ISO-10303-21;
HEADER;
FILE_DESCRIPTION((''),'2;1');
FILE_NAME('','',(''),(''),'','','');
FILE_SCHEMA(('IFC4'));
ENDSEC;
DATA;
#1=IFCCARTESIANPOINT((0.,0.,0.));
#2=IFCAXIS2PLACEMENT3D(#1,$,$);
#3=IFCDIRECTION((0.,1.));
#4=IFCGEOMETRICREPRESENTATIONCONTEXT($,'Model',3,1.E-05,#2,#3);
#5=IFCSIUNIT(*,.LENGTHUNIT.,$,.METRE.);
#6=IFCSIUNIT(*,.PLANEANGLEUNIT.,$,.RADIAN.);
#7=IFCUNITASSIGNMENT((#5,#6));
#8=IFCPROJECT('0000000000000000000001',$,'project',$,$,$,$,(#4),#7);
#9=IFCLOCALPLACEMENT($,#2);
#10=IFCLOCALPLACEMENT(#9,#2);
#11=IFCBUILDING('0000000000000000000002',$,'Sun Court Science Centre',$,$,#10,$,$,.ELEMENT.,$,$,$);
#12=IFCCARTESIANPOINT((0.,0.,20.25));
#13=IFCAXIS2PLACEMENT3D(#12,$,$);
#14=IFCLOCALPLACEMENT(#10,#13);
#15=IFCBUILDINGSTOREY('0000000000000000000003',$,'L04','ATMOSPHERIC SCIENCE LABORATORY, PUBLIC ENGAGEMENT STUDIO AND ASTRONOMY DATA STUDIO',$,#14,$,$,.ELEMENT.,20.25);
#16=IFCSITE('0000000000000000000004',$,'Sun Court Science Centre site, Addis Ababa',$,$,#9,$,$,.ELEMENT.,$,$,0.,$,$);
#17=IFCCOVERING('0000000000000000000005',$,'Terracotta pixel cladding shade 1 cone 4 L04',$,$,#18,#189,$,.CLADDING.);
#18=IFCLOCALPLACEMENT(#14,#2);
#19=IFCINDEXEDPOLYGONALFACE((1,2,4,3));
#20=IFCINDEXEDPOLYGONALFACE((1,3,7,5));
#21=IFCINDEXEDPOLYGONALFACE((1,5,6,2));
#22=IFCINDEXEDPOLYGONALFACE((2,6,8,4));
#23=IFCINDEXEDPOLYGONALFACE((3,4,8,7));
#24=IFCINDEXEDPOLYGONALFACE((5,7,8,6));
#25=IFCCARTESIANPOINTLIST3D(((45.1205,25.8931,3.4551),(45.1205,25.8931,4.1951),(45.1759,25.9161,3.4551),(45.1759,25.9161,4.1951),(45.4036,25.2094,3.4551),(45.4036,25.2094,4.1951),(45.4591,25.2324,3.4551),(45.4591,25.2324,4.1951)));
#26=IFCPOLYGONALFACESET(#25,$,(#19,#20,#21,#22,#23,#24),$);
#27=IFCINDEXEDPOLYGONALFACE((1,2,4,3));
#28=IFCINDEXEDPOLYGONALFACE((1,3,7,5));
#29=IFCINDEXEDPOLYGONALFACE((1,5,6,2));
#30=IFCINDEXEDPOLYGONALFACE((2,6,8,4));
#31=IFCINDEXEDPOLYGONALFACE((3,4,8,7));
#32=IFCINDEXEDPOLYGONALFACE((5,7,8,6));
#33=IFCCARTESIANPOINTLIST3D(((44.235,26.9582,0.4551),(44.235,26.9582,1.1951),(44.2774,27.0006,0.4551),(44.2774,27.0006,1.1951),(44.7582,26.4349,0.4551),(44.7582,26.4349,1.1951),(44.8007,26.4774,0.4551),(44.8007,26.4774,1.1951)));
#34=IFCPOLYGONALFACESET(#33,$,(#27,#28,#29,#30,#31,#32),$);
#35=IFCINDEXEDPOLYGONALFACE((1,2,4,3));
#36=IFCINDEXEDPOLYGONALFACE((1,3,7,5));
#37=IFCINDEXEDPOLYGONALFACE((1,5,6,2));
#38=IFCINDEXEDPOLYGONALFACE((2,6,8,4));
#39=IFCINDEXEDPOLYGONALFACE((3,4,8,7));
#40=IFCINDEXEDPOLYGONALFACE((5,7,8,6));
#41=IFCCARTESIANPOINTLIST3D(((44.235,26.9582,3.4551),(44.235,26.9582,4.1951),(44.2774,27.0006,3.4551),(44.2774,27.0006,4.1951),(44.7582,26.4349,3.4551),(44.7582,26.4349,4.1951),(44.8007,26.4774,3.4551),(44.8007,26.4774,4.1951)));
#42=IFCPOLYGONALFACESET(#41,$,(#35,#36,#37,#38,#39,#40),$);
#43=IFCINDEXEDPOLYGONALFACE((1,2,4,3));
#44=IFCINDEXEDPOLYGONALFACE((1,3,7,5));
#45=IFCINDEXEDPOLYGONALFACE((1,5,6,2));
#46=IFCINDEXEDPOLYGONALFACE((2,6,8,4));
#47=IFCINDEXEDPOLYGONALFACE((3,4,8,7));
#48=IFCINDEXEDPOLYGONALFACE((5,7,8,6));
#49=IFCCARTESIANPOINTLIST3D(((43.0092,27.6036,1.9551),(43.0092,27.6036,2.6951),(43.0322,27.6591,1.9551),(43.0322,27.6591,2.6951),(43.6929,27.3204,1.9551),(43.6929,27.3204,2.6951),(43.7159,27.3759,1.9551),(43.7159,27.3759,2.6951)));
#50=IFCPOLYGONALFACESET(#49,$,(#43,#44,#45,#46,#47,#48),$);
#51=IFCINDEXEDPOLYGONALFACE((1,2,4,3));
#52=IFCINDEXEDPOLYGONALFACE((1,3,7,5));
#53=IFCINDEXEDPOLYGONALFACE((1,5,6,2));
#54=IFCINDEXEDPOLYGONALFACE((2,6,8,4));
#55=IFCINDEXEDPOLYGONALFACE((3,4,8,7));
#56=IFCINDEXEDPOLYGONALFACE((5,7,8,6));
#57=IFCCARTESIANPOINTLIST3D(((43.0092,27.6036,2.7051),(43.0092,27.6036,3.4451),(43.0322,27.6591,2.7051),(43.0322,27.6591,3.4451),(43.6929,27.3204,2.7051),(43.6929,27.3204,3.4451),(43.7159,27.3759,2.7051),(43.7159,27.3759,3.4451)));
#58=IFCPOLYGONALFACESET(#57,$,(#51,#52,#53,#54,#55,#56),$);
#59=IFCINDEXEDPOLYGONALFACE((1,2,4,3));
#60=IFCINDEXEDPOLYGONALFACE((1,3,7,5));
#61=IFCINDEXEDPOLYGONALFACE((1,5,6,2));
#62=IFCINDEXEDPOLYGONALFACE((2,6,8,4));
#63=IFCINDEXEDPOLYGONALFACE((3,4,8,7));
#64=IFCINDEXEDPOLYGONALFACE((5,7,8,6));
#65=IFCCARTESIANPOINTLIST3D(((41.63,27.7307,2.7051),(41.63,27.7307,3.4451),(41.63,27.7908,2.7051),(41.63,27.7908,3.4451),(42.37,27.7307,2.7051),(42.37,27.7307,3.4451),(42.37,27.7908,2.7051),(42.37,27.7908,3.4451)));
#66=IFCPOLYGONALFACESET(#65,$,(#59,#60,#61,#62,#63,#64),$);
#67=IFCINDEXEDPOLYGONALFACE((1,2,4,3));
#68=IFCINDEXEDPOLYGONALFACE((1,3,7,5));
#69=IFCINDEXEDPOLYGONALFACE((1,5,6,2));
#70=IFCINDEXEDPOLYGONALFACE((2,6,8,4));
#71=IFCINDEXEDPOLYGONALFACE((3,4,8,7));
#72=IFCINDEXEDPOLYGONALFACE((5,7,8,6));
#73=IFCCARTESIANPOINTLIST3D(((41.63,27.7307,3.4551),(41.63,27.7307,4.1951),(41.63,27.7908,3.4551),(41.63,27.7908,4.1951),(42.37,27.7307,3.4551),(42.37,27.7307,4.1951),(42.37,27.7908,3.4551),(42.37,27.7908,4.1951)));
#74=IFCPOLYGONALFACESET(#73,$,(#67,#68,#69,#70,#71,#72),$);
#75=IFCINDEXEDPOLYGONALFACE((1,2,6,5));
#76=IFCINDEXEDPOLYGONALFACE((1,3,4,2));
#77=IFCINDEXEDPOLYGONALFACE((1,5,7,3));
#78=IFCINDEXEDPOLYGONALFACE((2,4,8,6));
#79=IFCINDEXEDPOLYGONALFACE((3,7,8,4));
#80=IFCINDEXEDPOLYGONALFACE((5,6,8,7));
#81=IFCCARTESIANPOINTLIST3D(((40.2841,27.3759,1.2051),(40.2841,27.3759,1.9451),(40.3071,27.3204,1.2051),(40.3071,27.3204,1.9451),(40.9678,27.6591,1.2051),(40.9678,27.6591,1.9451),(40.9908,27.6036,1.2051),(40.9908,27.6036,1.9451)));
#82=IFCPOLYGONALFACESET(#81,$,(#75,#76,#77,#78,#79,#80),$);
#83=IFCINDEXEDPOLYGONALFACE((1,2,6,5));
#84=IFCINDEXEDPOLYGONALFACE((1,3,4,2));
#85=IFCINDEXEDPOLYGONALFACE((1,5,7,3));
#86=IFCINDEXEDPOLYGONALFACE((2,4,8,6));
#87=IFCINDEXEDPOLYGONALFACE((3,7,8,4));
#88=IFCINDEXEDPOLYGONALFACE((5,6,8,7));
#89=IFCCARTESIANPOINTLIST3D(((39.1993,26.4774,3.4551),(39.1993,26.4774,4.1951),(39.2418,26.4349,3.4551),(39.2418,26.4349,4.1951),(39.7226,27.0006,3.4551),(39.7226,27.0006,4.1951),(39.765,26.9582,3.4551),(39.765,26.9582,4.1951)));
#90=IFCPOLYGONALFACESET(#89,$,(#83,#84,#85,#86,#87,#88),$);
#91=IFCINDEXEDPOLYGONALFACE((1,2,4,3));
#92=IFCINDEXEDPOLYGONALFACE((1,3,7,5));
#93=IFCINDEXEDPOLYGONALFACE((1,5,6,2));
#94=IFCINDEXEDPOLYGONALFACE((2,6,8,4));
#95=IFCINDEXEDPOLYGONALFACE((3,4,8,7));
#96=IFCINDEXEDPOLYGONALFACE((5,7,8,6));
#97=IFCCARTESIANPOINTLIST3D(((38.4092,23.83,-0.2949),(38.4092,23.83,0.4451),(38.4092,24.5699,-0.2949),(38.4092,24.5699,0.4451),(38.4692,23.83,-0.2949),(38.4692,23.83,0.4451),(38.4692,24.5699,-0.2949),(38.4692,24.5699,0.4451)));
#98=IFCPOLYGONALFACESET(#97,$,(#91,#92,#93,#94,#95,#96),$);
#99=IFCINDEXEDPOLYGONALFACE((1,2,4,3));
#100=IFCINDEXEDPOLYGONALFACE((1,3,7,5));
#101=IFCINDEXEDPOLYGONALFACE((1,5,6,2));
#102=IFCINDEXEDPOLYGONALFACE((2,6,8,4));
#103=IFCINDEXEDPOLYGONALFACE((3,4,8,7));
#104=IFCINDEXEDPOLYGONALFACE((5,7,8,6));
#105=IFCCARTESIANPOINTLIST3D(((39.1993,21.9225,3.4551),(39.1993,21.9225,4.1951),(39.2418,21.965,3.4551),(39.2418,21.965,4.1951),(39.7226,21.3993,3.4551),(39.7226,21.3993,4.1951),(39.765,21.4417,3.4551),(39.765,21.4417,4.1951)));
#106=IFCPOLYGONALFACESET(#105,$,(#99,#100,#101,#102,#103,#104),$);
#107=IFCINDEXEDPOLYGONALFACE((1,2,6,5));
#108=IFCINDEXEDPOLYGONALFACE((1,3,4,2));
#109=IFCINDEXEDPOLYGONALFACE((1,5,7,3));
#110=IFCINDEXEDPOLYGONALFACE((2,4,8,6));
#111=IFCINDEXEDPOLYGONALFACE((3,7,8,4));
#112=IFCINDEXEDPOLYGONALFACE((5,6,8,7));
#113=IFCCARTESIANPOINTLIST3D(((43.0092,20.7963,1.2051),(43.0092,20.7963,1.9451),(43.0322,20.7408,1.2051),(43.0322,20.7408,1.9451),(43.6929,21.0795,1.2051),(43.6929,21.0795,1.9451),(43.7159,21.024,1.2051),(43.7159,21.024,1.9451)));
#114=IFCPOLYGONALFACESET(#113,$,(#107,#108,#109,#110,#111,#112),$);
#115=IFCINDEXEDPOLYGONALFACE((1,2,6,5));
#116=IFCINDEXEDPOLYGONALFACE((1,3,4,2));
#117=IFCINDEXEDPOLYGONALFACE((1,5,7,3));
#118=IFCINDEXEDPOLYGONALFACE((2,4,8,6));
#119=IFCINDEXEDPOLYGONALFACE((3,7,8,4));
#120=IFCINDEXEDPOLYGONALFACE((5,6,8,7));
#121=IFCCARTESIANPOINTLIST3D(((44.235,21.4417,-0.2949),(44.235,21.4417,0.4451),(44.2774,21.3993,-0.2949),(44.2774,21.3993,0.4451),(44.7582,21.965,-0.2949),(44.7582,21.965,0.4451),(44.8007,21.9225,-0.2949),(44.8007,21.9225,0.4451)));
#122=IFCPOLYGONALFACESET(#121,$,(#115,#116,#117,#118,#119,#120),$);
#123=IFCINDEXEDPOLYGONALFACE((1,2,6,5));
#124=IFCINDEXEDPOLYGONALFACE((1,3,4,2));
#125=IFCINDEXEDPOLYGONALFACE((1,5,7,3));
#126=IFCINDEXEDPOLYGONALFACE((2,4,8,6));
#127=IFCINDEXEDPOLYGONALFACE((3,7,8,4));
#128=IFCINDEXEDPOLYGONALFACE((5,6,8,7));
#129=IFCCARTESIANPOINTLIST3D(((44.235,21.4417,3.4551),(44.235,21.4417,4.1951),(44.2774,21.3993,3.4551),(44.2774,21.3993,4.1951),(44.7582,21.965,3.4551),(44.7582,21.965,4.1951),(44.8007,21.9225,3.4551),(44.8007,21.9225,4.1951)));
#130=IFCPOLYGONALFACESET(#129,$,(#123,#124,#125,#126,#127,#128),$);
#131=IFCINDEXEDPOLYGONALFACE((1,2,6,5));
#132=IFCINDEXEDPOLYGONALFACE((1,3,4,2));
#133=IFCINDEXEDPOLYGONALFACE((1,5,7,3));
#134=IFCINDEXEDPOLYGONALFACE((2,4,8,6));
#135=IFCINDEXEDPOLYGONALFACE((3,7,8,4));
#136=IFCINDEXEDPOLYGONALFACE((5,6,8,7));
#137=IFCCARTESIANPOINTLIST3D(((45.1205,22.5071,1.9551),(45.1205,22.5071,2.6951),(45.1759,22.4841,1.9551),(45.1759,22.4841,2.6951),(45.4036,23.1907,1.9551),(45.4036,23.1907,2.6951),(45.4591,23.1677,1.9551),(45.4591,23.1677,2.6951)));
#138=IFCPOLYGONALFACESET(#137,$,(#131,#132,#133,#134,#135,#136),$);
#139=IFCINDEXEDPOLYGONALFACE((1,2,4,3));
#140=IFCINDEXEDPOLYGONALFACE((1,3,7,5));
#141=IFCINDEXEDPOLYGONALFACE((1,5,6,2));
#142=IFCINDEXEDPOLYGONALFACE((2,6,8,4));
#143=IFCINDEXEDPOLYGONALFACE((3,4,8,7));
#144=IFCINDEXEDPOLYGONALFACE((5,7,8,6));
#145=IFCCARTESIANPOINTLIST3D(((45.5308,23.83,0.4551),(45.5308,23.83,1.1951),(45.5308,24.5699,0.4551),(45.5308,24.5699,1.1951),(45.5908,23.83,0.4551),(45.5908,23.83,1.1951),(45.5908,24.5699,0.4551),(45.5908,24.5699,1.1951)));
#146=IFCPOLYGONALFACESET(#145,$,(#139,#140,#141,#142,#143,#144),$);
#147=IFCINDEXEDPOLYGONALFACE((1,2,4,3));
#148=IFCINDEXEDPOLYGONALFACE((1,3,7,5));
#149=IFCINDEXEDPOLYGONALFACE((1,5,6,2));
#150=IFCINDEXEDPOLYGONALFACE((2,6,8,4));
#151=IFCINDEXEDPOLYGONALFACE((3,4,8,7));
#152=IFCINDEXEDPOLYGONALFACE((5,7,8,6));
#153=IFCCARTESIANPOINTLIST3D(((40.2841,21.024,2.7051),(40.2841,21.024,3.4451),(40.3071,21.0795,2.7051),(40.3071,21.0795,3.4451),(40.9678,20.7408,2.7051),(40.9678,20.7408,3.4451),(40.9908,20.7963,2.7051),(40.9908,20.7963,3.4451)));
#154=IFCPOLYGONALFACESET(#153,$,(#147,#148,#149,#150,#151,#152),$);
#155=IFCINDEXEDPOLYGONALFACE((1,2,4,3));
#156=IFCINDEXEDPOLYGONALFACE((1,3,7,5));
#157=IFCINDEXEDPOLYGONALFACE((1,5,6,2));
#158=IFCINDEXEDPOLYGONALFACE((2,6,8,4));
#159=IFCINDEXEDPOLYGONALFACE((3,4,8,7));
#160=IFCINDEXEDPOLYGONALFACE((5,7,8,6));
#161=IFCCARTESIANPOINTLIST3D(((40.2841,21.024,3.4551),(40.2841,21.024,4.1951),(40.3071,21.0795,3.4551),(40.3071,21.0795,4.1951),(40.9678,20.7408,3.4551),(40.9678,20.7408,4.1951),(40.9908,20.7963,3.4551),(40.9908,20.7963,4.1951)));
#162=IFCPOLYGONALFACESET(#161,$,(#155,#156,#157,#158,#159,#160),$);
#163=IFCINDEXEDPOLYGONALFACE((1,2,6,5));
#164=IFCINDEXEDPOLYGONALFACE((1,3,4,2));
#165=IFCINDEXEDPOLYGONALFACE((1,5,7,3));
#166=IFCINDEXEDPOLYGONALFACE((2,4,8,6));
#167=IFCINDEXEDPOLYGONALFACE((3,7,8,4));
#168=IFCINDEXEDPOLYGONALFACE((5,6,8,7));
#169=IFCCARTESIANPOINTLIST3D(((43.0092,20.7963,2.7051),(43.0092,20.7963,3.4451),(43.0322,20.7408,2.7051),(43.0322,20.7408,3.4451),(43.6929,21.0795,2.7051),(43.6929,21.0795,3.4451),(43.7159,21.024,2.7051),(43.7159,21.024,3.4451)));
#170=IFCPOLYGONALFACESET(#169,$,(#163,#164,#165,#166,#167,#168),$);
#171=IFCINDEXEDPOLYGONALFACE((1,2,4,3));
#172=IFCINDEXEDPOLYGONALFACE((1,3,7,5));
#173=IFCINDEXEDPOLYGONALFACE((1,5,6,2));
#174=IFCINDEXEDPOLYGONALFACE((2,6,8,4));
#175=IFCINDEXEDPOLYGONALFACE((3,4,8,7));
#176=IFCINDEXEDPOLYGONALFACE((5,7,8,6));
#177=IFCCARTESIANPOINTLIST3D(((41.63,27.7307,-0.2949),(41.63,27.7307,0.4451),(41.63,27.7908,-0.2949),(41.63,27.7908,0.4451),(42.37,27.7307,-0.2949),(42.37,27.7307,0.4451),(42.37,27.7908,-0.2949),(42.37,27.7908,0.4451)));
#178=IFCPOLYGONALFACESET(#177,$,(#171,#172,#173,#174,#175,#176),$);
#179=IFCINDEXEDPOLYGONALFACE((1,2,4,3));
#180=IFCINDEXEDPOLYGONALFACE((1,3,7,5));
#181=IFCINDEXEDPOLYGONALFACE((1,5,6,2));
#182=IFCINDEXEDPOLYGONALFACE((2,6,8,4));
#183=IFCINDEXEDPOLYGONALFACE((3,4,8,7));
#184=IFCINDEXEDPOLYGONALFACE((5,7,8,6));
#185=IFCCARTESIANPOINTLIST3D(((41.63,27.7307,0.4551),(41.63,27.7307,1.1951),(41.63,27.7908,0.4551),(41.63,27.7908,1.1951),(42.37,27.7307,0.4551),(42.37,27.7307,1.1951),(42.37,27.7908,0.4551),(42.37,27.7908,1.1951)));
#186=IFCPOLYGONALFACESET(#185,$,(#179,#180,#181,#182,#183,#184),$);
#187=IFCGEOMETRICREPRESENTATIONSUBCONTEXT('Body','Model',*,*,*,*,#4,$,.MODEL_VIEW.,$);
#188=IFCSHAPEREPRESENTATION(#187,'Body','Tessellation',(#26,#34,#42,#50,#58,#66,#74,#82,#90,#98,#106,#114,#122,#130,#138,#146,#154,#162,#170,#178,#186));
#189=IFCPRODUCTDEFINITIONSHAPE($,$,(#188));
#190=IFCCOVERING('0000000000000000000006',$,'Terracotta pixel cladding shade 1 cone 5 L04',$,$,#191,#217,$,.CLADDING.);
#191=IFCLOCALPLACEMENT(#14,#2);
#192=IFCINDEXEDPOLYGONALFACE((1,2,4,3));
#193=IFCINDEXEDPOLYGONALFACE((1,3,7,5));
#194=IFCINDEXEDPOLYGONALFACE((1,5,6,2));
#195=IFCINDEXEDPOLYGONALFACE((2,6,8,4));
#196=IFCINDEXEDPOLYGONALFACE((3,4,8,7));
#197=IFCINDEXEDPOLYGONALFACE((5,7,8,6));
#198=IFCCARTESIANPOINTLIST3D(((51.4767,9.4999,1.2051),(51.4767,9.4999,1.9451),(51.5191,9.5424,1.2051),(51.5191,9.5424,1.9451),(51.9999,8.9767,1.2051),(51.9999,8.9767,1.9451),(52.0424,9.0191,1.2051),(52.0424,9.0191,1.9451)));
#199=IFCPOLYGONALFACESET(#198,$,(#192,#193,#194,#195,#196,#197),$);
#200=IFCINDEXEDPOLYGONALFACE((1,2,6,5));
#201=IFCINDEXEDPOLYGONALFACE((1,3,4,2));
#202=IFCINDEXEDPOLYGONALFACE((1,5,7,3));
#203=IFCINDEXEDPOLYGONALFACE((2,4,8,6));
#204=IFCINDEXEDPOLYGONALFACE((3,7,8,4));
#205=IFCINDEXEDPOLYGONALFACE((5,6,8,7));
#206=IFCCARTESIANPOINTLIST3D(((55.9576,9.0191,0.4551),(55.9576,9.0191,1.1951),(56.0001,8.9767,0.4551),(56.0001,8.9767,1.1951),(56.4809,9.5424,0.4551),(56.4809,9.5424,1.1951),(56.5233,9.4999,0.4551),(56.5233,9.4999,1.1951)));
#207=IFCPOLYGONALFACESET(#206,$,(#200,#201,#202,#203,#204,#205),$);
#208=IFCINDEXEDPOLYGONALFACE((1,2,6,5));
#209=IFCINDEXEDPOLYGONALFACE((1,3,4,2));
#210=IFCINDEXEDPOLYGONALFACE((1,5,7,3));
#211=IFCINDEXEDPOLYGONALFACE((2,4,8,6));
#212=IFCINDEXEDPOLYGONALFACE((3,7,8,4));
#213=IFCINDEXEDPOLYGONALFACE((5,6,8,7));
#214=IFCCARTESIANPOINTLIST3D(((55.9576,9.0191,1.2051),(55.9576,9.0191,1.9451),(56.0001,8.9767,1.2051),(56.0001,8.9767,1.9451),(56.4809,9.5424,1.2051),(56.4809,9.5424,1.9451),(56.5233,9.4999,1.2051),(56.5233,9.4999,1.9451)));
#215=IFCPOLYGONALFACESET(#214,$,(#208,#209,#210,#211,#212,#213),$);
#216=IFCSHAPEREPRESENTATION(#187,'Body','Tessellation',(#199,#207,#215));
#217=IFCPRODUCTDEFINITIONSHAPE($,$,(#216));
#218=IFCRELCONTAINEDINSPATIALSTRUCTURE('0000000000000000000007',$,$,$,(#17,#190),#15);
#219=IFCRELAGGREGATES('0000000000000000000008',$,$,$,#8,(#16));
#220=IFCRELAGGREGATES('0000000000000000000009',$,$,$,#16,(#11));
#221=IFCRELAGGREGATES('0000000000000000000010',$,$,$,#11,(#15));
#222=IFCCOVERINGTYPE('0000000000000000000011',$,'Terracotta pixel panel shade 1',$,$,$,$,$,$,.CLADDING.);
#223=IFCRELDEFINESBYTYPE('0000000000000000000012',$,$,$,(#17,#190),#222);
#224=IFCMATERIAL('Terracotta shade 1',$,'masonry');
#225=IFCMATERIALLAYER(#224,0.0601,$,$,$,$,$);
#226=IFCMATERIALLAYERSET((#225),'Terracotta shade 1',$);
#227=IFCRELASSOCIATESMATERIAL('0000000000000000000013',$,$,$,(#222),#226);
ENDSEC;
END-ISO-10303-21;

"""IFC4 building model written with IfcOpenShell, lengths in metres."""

from ifc_helpers import new_model, si_unit, direction, frame, origin, origin_2d, place, context, subcontext, project, spatial, rectangle, extrude, material, layer, layer_set, type_object, element, save


model = new_model("IFC4")

# Units and contexts
model_context = context("Model", 3, precision=1e-05, world=origin(), true_north=direction((0.0, 1.0)))
body_context = subcontext(model_context, "Body", "Model", "MODEL_VIEW")
ifc_project = project(units=[si_unit("LENGTHUNIT", "METRE"), si_unit("PLANEANGLEUNIT", "RADIAN")], contexts=[model_context])

# Site, building, storey
site_placement = place(None, origin())
site = spatial("IfcSite", under=ifc_project, at=site_placement, Name="Sun Court Science Centre site, Addis Ababa", CompositionType="ELEMENT", RefElevation=0.0)
building_placement = place(site_placement, origin())
building = spatial("IfcBuilding", under=site, at=building_placement, Name="Sun Court Science Centre", CompositionType="ELEMENT")
storey_placement = place(building_placement, frame((0.0, 0.0, 20.25)))
storey = spatial("IfcBuildingStorey", under=building, at=storey_placement, Name="L04", Description="ATMOSPHERIC SCIENCE LABORATORY, PUBLIC ENGAGEMENT STUDIO AND ASTRONOMY DATA STUDIO", CompositionType="ELEMENT", Elevation=20.25)

# Coverings
ifc_material_1 = material(Name="Terracotta shade 1", Category="masonry")
ifc_layer_1 = layer(ifc_material_1, 0.0601)
ifc_layer_set_1 = layer_set([ifc_layer_1], Name="Terracotta shade 1")
covering_type_1 = type_object("IfcCoveringType", Name="Terracotta pixel panel shade 1", PredefinedType="CLADDING", material=ifc_layer_set_1)
covering_1_placement = place(storey_placement, frame((0.0, 0.0, -20.25)))
element("IfcCovering", 1, at=covering_1_placement, inside=storey, type_object=covering_type_1, Name="Terracotta pixel cladding shade 1 cone 4 L04", PredefinedType="CLADDING", context=body_context, shape_type="SweptSolid", body=[
    extrude(rectangle(XDim=0.74, YDim=0.0601, at=origin_2d()), frame((45.2898, 25.5627, 23.7051), z_axis=(0.0, 0.0, 1.0), x_axis=(0.382683, -0.92388, 0.0)), (0.0, 0.0, 1.0), 0.74),
    extrude(rectangle(XDim=0.74, YDim=0.0601, at=origin_2d()), frame((44.5178, 26.7178, 20.7051), z_axis=(0.0, 0.0, 1.0), x_axis=(0.707107, -0.707107, 0.0)), (0.0, 0.0, 1.0), 0.74),
    extrude(rectangle(XDim=0.74, YDim=0.0601, at=origin_2d()), frame((44.5178, 26.7178, 23.7051), z_axis=(0.0, 0.0, 1.0), x_axis=(0.707107, -0.707107, 0.0)), (0.0, 0.0, 1.0), 0.74),
    extrude(rectangle(XDim=0.74, YDim=0.0601, at=origin_2d()), frame((43.3625, 27.4897, 22.2051), z_axis=(0.0, 0.0, 1.0), x_axis=(0.92388, -0.382683, 0.0)), (0.0, 0.0, 1.0), 0.74),
    extrude(rectangle(XDim=0.74, YDim=0.0601, at=origin_2d()), frame((43.3625, 27.4897, 22.9551), z_axis=(0.0, 0.0, 1.0), x_axis=(0.92388, -0.382683, 0.0)), (0.0, 0.0, 1.0), 0.74),
    extrude(rectangle(XDim=0.74, YDim=0.0601, at=origin_2d()), frame((42.0, 27.7607, 22.9551), z_axis=(0.0, 0.0, 1.0), x_axis=(1.0, 0.0, 0.0)), (0.0, 0.0, 1.0), 0.74),
    extrude(rectangle(XDim=0.74, YDim=0.0601, at=origin_2d()), frame((42.0, 27.7607, 23.7051), z_axis=(0.0, 0.0, 1.0), x_axis=(1.0, 0.0, 0.0)), (0.0, 0.0, 1.0), 0.74),
    extrude(rectangle(XDim=0.74, YDim=0.0601, at=origin_2d()), frame((40.6375, 27.4897, 21.4551), z_axis=(0.0, 0.0, 1.0), x_axis=(0.92388, 0.382683, 0.0)), (0.0, 0.0, 1.0), 0.74),
    extrude(rectangle(XDim=0.74, YDim=0.0601, at=origin_2d()), frame((39.4822, 26.7178, 23.7051), z_axis=(0.0, 0.0, 1.0), x_axis=(0.707107, 0.707107, 0.0)), (0.0, 0.0, 1.0), 0.74),
    extrude(rectangle(XDim=0.74, YDim=0.0601, at=origin_2d()), frame((38.4392, 24.2, 19.9551), z_axis=(0.0, 0.0, 1.0), x_axis=(0.0, 1.0, 0.0)), (0.0, 0.0, 1.0), 0.74),
    extrude(rectangle(XDim=0.74, YDim=0.0601, at=origin_2d()), frame((39.4822, 21.6821, 23.7051), z_axis=(0.0, 0.0, 1.0), x_axis=(-0.707107, 0.707107, 0.0)), (0.0, 0.0, 1.0), 0.74),
    extrude(rectangle(XDim=0.74, YDim=0.0601, at=origin_2d()), frame((43.3625, 20.9102, 21.4551), z_axis=(0.0, 0.0, 1.0), x_axis=(-0.92388, -0.382683, 0.0)), (0.0, 0.0, 1.0), 0.74),
    extrude(rectangle(XDim=0.74, YDim=0.0601, at=origin_2d()), frame((44.5178, 21.6821, 19.9551), z_axis=(0.0, 0.0, 1.0), x_axis=(-0.707107, -0.707107, 0.0)), (0.0, 0.0, 1.0), 0.74),
    extrude(rectangle(XDim=0.74, YDim=0.0601, at=origin_2d()), frame((44.5178, 21.6821, 23.7051), z_axis=(0.0, 0.0, 1.0), x_axis=(-0.707107, -0.707107, 0.0)), (0.0, 0.0, 1.0), 0.74),
    extrude(rectangle(XDim=0.74, YDim=0.0601, at=origin_2d()), frame((45.2898, 22.8374, 22.2051), z_axis=(0.0, 0.0, 1.0), x_axis=(-0.382683, -0.92388, 0.0)), (0.0, 0.0, 1.0), 0.74),
    extrude(rectangle(XDim=0.74, YDim=0.0601, at=origin_2d()), frame((45.5608, 24.2, 20.7051), z_axis=(0.0, 0.0, 1.0), x_axis=(0.0, -1.0, 0.0)), (0.0, 0.0, 1.0), 0.74),
    extrude(rectangle(XDim=0.74, YDim=0.0601, at=origin_2d()), frame((40.6375, 20.9102, 22.9551), z_axis=(0.0, 0.0, 1.0), x_axis=(-0.92388, 0.382683, 0.0)), (0.0, 0.0, 1.0), 0.74),
    extrude(rectangle(XDim=0.74, YDim=0.0601, at=origin_2d()), frame((40.6375, 20.9102, 23.7051), z_axis=(0.0, 0.0, 1.0), x_axis=(-0.92388, 0.382683, 0.0)), (0.0, 0.0, 1.0), 0.74),
    extrude(rectangle(XDim=0.74, YDim=0.0601, at=origin_2d()), frame((43.3625, 20.9102, 22.9551), z_axis=(0.0, 0.0, 1.0), x_axis=(-0.92388, -0.382683, 0.0)), (0.0, 0.0, 1.0), 0.74),
    extrude(rectangle(XDim=0.74, YDim=0.0601, at=origin_2d()), frame((42.0, 27.7607, 19.9551), z_axis=(0.0, 0.0, 1.0), x_axis=(1.0, 0.0, 0.0)), (0.0, 0.0, 1.0), 0.74),
    extrude(rectangle(XDim=0.74, YDim=0.0601, at=origin_2d()), frame((42.0, 27.7607, 20.7051), z_axis=(0.0, 0.0, 1.0), x_axis=(1.0, 0.0, 0.0)), (0.0, 0.0, 1.0), 0.74),
])
covering_2_placement = place(storey_placement, frame((0.0, 0.0, -20.25)))
element("IfcCovering", 2, at=covering_2_placement, inside=storey, type_object=covering_type_1, Name="Terracotta pixel cladding shade 1 cone 5 L04", PredefinedType="CLADDING", context=body_context, shape_type="SweptSolid", body=[
    extrude(rectangle(XDim=0.74, YDim=0.0601, at=origin_2d()), frame((51.7595, 9.2595, 21.4551), z_axis=(0.0, 0.0, 1.0), x_axis=(-0.707107, 0.707107, 0.0)), (0.0, 0.0, 1.0), 0.74),
    extrude(rectangle(XDim=0.74, YDim=0.0601, at=origin_2d()), frame((56.2405, 9.2595, 20.7051), z_axis=(0.0, 0.0, 1.0), x_axis=(-0.707107, -0.707107, 0.0)), (0.0, 0.0, 1.0), 0.74),
    extrude(rectangle(XDim=0.74, YDim=0.0601, at=origin_2d()), frame((56.2405, 9.2595, 21.4551), z_axis=(0.0, 0.0, 1.0), x_axis=(-0.707107, -0.707107, 0.0)), (0.0, 0.0, 1.0), 0.74),
])

save(model, "model.ifc")
